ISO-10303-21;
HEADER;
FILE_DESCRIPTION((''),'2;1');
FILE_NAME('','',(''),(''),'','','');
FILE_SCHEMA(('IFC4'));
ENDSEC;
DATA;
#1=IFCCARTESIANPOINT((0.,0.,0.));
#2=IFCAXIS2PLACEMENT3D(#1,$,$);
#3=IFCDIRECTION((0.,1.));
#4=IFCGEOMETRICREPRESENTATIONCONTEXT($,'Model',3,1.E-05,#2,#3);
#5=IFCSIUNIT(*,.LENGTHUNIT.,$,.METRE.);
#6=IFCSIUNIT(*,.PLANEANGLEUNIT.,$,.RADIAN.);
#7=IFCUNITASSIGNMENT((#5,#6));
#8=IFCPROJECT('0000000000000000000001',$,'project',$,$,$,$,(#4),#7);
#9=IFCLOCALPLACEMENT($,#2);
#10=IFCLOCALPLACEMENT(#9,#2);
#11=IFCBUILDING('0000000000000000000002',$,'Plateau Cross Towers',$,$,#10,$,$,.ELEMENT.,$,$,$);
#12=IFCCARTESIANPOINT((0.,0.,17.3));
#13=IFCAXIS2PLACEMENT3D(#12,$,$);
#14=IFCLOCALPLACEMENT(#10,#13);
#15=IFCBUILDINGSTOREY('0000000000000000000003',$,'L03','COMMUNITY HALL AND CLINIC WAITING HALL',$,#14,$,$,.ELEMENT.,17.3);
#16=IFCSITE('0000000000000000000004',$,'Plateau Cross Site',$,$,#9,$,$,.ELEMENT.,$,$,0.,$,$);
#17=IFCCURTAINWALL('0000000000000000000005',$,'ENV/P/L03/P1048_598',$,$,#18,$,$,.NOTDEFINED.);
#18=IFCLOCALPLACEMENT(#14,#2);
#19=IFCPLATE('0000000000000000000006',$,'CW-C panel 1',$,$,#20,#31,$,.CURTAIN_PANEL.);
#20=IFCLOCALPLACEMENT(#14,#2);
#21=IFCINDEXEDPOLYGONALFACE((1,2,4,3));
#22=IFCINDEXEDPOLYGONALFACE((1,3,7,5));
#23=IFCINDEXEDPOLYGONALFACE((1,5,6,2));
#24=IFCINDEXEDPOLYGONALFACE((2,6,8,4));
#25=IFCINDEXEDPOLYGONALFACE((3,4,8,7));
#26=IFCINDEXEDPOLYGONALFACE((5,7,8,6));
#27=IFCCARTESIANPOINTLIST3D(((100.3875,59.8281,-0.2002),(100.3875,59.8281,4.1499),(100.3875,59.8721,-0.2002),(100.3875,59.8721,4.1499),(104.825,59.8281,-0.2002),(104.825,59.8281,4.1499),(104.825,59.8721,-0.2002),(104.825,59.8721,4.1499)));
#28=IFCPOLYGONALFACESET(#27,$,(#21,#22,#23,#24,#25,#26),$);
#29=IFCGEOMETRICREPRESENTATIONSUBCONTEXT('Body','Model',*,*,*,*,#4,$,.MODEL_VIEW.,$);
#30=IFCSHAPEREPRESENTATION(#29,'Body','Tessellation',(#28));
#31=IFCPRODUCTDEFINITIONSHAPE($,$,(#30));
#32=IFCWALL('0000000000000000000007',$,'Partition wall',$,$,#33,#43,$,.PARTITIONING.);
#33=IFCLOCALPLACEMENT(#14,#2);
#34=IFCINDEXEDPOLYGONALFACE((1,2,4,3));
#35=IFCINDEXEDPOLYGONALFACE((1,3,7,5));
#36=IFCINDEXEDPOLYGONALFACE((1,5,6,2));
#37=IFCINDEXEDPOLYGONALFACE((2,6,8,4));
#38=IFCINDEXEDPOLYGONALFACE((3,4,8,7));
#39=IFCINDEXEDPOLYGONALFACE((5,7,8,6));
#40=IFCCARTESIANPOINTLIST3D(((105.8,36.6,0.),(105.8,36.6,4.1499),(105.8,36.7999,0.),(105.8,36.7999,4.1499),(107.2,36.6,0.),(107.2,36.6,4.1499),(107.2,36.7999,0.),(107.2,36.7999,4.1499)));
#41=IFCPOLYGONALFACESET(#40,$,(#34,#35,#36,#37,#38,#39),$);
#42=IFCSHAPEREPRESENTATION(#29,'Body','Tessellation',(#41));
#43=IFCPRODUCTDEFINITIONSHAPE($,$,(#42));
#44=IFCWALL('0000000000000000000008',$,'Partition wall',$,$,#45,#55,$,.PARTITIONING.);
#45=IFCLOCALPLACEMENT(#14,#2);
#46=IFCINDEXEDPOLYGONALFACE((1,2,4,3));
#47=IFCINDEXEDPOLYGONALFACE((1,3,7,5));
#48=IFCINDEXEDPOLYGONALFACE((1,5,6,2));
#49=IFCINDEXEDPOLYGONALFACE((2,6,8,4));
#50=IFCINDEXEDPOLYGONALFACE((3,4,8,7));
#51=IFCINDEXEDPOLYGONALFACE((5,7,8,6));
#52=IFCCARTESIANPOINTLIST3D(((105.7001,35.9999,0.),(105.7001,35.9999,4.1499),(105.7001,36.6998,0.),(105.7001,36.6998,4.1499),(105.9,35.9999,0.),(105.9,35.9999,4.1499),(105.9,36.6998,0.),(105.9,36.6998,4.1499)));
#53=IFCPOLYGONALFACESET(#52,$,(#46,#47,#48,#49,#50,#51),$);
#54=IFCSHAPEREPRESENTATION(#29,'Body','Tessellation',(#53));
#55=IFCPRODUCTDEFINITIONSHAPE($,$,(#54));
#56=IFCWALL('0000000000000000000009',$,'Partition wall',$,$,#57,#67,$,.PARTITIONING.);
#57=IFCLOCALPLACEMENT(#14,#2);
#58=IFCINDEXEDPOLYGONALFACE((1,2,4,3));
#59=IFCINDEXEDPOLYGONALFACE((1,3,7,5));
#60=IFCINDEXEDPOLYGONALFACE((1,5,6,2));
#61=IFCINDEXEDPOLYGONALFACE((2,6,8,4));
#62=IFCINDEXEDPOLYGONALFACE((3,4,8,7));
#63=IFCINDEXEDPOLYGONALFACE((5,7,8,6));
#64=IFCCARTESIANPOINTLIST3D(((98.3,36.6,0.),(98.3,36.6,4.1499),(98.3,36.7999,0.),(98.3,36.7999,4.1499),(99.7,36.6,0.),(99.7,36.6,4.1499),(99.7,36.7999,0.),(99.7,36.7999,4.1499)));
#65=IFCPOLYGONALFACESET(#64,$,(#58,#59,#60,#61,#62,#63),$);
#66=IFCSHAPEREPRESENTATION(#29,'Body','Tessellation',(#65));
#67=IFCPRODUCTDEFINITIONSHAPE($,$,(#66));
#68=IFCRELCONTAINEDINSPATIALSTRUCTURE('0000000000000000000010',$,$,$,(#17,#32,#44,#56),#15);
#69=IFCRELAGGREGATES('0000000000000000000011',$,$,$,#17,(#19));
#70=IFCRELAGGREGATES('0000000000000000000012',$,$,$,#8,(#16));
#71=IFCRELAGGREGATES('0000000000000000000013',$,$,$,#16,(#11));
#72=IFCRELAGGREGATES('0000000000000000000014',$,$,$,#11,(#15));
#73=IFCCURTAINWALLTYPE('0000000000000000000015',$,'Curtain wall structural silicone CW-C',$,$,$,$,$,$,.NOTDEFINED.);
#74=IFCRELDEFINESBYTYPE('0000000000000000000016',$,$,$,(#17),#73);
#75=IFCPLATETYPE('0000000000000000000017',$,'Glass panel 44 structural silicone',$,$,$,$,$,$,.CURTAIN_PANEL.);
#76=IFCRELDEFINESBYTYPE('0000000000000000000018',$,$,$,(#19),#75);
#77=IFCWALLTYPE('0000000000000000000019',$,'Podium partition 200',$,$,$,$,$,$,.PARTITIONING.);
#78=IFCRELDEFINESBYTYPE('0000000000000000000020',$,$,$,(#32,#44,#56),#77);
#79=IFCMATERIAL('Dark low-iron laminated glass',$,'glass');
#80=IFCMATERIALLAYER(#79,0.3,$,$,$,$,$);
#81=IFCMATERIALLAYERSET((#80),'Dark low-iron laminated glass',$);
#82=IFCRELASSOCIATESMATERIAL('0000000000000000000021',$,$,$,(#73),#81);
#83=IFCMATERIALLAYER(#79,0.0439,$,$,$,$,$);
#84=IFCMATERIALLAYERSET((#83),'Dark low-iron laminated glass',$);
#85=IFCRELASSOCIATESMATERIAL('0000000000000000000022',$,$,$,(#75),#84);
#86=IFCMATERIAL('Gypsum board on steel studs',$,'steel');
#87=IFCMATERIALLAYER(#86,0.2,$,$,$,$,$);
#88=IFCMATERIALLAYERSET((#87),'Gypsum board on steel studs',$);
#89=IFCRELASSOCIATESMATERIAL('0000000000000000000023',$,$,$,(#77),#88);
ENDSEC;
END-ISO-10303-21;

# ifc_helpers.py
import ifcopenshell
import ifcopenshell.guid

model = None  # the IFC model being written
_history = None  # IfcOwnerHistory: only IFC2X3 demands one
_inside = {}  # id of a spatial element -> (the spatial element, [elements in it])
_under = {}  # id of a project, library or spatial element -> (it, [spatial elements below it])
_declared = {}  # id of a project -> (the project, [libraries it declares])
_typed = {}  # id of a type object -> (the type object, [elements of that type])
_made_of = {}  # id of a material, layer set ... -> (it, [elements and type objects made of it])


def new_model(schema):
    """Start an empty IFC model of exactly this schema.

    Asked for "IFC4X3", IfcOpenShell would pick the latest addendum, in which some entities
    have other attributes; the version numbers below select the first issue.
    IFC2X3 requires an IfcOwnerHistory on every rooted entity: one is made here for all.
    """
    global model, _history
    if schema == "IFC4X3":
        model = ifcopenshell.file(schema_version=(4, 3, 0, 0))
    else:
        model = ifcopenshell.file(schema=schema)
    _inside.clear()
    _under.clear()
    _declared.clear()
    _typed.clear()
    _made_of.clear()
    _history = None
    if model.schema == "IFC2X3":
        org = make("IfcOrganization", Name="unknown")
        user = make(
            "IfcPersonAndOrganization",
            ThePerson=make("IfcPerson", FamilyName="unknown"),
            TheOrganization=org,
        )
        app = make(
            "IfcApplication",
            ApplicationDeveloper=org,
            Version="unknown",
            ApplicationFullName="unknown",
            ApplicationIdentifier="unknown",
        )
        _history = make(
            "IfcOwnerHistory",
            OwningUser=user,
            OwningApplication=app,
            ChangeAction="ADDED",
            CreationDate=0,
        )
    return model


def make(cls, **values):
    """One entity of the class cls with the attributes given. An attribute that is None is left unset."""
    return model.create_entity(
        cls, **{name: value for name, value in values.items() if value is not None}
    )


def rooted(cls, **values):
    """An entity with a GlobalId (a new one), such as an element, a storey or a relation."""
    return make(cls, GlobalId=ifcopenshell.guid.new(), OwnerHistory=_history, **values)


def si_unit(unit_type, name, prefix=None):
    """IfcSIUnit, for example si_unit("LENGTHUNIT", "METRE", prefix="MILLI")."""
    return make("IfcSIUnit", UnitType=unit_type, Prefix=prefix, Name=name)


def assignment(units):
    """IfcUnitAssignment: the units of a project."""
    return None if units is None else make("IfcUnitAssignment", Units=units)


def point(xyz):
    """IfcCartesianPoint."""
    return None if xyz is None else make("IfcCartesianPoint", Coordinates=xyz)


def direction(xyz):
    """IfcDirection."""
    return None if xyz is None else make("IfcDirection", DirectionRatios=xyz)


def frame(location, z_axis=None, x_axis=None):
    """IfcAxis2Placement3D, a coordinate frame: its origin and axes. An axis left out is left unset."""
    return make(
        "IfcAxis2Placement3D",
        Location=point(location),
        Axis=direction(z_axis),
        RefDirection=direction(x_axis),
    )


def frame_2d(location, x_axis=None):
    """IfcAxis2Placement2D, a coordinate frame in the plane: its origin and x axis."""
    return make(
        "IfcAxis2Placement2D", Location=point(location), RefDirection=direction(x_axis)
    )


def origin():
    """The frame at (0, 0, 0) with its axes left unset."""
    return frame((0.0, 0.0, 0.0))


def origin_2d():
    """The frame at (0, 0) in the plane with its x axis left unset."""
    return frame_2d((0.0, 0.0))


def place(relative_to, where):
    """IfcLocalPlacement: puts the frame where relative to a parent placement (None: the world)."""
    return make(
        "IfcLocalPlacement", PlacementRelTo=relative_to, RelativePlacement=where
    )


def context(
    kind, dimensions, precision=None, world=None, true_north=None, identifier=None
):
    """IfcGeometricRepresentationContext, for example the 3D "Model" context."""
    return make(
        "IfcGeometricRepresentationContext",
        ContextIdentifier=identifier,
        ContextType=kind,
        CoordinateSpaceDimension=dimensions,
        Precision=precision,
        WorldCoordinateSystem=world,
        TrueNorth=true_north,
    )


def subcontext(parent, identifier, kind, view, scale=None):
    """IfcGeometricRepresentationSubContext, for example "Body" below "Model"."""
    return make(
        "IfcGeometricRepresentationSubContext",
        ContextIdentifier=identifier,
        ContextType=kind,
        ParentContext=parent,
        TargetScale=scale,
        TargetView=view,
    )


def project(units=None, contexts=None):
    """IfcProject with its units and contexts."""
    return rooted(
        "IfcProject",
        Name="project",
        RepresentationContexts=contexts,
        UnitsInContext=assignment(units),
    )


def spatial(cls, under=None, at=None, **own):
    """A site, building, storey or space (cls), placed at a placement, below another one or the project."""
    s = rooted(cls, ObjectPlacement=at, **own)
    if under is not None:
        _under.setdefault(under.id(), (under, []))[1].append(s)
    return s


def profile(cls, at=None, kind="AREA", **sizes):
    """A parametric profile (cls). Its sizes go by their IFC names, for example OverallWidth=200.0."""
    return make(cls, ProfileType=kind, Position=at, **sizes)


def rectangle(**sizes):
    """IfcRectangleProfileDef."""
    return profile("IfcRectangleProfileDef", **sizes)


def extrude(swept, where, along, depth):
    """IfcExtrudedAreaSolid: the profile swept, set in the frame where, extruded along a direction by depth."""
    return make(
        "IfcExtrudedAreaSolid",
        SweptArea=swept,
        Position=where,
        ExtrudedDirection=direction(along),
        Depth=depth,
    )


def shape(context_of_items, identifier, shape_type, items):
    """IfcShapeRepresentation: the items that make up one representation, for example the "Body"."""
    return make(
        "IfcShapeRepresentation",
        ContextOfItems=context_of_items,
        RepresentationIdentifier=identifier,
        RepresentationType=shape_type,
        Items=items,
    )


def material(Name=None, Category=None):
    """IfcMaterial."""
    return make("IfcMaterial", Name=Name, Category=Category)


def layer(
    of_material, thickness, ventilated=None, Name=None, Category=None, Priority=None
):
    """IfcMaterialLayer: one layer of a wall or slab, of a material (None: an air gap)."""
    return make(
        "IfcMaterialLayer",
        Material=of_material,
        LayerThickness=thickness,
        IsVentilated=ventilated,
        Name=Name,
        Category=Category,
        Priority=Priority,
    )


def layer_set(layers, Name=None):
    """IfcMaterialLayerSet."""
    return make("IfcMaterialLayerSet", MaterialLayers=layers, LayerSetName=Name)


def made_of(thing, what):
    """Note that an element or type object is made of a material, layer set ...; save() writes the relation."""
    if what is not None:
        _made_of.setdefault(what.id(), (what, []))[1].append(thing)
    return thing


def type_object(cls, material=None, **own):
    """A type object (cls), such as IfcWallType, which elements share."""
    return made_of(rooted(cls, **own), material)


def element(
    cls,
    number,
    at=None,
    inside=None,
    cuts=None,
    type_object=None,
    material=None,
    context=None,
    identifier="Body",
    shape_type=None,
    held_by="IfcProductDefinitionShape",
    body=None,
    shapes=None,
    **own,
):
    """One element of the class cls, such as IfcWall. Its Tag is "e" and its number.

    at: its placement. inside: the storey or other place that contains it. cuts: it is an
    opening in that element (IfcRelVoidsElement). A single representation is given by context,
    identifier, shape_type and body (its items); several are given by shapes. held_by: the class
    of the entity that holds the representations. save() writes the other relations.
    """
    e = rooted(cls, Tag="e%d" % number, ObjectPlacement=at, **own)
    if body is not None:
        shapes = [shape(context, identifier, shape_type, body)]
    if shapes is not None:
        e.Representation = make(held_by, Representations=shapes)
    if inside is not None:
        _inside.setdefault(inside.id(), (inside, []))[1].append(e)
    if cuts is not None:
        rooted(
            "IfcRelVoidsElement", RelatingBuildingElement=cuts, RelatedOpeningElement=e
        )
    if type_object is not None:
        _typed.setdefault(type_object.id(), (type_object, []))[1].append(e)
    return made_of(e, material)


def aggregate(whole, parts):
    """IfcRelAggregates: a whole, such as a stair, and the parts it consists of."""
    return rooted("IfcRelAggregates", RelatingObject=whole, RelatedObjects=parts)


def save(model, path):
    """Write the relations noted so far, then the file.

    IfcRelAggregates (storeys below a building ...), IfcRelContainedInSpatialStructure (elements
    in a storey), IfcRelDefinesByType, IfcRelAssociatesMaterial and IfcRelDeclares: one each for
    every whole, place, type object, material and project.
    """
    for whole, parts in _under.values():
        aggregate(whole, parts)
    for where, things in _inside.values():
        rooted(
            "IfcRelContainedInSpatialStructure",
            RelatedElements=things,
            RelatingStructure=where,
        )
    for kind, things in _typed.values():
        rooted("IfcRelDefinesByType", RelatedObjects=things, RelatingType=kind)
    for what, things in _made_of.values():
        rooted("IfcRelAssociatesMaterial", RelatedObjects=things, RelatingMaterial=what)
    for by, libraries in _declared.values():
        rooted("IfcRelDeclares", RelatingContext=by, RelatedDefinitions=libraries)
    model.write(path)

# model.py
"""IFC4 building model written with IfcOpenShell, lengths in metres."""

from ifc_helpers import new_model, si_unit, direction, frame, frame_2d, origin, origin_2d, place, context, subcontext, project, spatial, rectangle, extrude, material, layer, layer_set, type_object, element, aggregate, save


model = new_model("IFC4")

# Units and contexts
model_context = context("Model", 3, precision=1e-05, world=origin(), true_north=direction((0.0, 1.0)))
body_context = subcontext(model_context, "Body", "Model", "MODEL_VIEW")
ifc_project = project(units=[si_unit("LENGTHUNIT", "METRE"), si_unit("PLANEANGLEUNIT", "RADIAN")], contexts=[model_context])

# Site, building, storey
site_placement = place(None, origin())
site = spatial("IfcSite", under=ifc_project, at=site_placement, Name="Plateau Cross Site", CompositionType="ELEMENT", RefElevation=0.0)
building_placement = place(site_placement, origin())
building = spatial("IfcBuilding", under=site, at=building_placement, Name="Plateau Cross Towers", CompositionType="ELEMENT")
storey_placement = place(building_placement, frame((0.0, 0.0, 17.3)))
storey = spatial("IfcBuildingStorey", under=building, at=storey_placement, Name="L03", Description="COMMUNITY HALL AND CLINIC WAITING HALL", CompositionType="ELEMENT", Elevation=17.3)

# Shared definitions
ifc_material_1 = material(Name="Dark low-iron laminated glass", Category="glass")
ifc_layer_1 = layer(ifc_material_1, 0.3)
ifc_layer_set_1 = layer_set([ifc_layer_1], Name="Dark low-iron laminated glass")
curtain_wall_type = type_object("IfcCurtainWallType", Name="Curtain wall structural silicone CW-C", PredefinedType="NOTDEFINED", material=ifc_layer_set_1)

# Curtain wall
curtain_wall_1_placement = place(storey_placement, origin())
curtain_wall_1 = element("IfcCurtainWall", 1, at=curtain_wall_1_placement, inside=storey, type_object=curtain_wall_type, Name="ENV/P/L03/P1048_598", PredefinedType="NOTDEFINED")

# Plate
ifc_layer_2 = layer(ifc_material_1, 0.0439)
ifc_layer_set_2 = layer_set([ifc_layer_2], Name="Dark low-iron laminated glass")
plate_type = type_object("IfcPlateType", Name="Glass panel 44 structural silicone", PredefinedType="CURTAIN_PANEL", material=ifc_layer_set_2)
plate_1_placement = place(storey_placement, frame((102.6062, 59.8501, -0.2002), z_axis=(0.0, 0.0, 1.0), x_axis=(-1.0, 0.0, 0.0)))
plate_1 = element("IfcPlate", 2, at=plate_1_placement, type_object=plate_type, Name="CW-C panel 1", PredefinedType="CURTAIN_PANEL", context=body_context, shape_type="SweptSolid", body=[
    extrude(rectangle(XDim=4.4375, YDim=0.0439, at=origin_2d()), origin(), (0.0, 0.0, 1.0), 4.3501),
])
aggregate(curtain_wall_1, [plate_1])

# Walls
ifc_material_2 = material(Name="Gypsum board on steel studs", Category="steel")
ifc_layer_3 = layer(ifc_material_2, 0.2)
ifc_layer_set_3 = layer_set([ifc_layer_3], Name="Gypsum board on steel studs")
wall_type = type_object("IfcWallType", Name="Podium partition 200", PredefinedType="PARTITIONING", material=ifc_layer_set_3)
wall_1_placement = place(storey_placement, frame((107.2, 36.7, 0.0), z_axis=(0.0, 0.0, 1.0), x_axis=(-1.0, 0.0, 0.0)))
element("IfcWall", 3, at=wall_1_placement, inside=storey, type_object=wall_type, Name="Partition wall", PredefinedType="PARTITIONING", context=body_context, shape_type="SweptSolid", body=[
    extrude(rectangle(XDim=1.3999, YDim=0.2, at=frame_2d((0.7, 0.0))), origin(), (0.0, 0.0, 1.0), 4.1499),
])
wall_2_placement = place(storey_placement, frame((105.8, 36.7, 0.0), z_axis=(0.0, 0.0, 1.0), x_axis=(0.0, -1.0, 0.0)))
element("IfcWall", 4, at=wall_2_placement, inside=storey, type_object=wall_type, Name="Partition wall", PredefinedType="PARTITIONING", context=body_context, shape_type="SweptSolid", body=[
    extrude(rectangle(XDim=0.7, YDim=0.2, at=frame_2d((0.3501, 0.0))), origin(), (0.0, 0.0, 1.0), 4.1499),
])
wall_3_placement = place(storey_placement, frame((99.7, 36.7, 0.0), z_axis=(0.0, 0.0, 1.0), x_axis=(-1.0, 0.0, 0.0)))
element("IfcWall", 5, at=wall_3_placement, inside=storey, type_object=wall_type, Name="Partition wall", PredefinedType="PARTITIONING", context=body_context, shape_type="SweptSolid", body=[
    extrude(rectangle(XDim=1.3999, YDim=0.2, at=frame_2d((0.7, 0.0))), origin(), (0.0, 0.0, 1.0), 4.1499),
])

save(model, "model.ifc")
